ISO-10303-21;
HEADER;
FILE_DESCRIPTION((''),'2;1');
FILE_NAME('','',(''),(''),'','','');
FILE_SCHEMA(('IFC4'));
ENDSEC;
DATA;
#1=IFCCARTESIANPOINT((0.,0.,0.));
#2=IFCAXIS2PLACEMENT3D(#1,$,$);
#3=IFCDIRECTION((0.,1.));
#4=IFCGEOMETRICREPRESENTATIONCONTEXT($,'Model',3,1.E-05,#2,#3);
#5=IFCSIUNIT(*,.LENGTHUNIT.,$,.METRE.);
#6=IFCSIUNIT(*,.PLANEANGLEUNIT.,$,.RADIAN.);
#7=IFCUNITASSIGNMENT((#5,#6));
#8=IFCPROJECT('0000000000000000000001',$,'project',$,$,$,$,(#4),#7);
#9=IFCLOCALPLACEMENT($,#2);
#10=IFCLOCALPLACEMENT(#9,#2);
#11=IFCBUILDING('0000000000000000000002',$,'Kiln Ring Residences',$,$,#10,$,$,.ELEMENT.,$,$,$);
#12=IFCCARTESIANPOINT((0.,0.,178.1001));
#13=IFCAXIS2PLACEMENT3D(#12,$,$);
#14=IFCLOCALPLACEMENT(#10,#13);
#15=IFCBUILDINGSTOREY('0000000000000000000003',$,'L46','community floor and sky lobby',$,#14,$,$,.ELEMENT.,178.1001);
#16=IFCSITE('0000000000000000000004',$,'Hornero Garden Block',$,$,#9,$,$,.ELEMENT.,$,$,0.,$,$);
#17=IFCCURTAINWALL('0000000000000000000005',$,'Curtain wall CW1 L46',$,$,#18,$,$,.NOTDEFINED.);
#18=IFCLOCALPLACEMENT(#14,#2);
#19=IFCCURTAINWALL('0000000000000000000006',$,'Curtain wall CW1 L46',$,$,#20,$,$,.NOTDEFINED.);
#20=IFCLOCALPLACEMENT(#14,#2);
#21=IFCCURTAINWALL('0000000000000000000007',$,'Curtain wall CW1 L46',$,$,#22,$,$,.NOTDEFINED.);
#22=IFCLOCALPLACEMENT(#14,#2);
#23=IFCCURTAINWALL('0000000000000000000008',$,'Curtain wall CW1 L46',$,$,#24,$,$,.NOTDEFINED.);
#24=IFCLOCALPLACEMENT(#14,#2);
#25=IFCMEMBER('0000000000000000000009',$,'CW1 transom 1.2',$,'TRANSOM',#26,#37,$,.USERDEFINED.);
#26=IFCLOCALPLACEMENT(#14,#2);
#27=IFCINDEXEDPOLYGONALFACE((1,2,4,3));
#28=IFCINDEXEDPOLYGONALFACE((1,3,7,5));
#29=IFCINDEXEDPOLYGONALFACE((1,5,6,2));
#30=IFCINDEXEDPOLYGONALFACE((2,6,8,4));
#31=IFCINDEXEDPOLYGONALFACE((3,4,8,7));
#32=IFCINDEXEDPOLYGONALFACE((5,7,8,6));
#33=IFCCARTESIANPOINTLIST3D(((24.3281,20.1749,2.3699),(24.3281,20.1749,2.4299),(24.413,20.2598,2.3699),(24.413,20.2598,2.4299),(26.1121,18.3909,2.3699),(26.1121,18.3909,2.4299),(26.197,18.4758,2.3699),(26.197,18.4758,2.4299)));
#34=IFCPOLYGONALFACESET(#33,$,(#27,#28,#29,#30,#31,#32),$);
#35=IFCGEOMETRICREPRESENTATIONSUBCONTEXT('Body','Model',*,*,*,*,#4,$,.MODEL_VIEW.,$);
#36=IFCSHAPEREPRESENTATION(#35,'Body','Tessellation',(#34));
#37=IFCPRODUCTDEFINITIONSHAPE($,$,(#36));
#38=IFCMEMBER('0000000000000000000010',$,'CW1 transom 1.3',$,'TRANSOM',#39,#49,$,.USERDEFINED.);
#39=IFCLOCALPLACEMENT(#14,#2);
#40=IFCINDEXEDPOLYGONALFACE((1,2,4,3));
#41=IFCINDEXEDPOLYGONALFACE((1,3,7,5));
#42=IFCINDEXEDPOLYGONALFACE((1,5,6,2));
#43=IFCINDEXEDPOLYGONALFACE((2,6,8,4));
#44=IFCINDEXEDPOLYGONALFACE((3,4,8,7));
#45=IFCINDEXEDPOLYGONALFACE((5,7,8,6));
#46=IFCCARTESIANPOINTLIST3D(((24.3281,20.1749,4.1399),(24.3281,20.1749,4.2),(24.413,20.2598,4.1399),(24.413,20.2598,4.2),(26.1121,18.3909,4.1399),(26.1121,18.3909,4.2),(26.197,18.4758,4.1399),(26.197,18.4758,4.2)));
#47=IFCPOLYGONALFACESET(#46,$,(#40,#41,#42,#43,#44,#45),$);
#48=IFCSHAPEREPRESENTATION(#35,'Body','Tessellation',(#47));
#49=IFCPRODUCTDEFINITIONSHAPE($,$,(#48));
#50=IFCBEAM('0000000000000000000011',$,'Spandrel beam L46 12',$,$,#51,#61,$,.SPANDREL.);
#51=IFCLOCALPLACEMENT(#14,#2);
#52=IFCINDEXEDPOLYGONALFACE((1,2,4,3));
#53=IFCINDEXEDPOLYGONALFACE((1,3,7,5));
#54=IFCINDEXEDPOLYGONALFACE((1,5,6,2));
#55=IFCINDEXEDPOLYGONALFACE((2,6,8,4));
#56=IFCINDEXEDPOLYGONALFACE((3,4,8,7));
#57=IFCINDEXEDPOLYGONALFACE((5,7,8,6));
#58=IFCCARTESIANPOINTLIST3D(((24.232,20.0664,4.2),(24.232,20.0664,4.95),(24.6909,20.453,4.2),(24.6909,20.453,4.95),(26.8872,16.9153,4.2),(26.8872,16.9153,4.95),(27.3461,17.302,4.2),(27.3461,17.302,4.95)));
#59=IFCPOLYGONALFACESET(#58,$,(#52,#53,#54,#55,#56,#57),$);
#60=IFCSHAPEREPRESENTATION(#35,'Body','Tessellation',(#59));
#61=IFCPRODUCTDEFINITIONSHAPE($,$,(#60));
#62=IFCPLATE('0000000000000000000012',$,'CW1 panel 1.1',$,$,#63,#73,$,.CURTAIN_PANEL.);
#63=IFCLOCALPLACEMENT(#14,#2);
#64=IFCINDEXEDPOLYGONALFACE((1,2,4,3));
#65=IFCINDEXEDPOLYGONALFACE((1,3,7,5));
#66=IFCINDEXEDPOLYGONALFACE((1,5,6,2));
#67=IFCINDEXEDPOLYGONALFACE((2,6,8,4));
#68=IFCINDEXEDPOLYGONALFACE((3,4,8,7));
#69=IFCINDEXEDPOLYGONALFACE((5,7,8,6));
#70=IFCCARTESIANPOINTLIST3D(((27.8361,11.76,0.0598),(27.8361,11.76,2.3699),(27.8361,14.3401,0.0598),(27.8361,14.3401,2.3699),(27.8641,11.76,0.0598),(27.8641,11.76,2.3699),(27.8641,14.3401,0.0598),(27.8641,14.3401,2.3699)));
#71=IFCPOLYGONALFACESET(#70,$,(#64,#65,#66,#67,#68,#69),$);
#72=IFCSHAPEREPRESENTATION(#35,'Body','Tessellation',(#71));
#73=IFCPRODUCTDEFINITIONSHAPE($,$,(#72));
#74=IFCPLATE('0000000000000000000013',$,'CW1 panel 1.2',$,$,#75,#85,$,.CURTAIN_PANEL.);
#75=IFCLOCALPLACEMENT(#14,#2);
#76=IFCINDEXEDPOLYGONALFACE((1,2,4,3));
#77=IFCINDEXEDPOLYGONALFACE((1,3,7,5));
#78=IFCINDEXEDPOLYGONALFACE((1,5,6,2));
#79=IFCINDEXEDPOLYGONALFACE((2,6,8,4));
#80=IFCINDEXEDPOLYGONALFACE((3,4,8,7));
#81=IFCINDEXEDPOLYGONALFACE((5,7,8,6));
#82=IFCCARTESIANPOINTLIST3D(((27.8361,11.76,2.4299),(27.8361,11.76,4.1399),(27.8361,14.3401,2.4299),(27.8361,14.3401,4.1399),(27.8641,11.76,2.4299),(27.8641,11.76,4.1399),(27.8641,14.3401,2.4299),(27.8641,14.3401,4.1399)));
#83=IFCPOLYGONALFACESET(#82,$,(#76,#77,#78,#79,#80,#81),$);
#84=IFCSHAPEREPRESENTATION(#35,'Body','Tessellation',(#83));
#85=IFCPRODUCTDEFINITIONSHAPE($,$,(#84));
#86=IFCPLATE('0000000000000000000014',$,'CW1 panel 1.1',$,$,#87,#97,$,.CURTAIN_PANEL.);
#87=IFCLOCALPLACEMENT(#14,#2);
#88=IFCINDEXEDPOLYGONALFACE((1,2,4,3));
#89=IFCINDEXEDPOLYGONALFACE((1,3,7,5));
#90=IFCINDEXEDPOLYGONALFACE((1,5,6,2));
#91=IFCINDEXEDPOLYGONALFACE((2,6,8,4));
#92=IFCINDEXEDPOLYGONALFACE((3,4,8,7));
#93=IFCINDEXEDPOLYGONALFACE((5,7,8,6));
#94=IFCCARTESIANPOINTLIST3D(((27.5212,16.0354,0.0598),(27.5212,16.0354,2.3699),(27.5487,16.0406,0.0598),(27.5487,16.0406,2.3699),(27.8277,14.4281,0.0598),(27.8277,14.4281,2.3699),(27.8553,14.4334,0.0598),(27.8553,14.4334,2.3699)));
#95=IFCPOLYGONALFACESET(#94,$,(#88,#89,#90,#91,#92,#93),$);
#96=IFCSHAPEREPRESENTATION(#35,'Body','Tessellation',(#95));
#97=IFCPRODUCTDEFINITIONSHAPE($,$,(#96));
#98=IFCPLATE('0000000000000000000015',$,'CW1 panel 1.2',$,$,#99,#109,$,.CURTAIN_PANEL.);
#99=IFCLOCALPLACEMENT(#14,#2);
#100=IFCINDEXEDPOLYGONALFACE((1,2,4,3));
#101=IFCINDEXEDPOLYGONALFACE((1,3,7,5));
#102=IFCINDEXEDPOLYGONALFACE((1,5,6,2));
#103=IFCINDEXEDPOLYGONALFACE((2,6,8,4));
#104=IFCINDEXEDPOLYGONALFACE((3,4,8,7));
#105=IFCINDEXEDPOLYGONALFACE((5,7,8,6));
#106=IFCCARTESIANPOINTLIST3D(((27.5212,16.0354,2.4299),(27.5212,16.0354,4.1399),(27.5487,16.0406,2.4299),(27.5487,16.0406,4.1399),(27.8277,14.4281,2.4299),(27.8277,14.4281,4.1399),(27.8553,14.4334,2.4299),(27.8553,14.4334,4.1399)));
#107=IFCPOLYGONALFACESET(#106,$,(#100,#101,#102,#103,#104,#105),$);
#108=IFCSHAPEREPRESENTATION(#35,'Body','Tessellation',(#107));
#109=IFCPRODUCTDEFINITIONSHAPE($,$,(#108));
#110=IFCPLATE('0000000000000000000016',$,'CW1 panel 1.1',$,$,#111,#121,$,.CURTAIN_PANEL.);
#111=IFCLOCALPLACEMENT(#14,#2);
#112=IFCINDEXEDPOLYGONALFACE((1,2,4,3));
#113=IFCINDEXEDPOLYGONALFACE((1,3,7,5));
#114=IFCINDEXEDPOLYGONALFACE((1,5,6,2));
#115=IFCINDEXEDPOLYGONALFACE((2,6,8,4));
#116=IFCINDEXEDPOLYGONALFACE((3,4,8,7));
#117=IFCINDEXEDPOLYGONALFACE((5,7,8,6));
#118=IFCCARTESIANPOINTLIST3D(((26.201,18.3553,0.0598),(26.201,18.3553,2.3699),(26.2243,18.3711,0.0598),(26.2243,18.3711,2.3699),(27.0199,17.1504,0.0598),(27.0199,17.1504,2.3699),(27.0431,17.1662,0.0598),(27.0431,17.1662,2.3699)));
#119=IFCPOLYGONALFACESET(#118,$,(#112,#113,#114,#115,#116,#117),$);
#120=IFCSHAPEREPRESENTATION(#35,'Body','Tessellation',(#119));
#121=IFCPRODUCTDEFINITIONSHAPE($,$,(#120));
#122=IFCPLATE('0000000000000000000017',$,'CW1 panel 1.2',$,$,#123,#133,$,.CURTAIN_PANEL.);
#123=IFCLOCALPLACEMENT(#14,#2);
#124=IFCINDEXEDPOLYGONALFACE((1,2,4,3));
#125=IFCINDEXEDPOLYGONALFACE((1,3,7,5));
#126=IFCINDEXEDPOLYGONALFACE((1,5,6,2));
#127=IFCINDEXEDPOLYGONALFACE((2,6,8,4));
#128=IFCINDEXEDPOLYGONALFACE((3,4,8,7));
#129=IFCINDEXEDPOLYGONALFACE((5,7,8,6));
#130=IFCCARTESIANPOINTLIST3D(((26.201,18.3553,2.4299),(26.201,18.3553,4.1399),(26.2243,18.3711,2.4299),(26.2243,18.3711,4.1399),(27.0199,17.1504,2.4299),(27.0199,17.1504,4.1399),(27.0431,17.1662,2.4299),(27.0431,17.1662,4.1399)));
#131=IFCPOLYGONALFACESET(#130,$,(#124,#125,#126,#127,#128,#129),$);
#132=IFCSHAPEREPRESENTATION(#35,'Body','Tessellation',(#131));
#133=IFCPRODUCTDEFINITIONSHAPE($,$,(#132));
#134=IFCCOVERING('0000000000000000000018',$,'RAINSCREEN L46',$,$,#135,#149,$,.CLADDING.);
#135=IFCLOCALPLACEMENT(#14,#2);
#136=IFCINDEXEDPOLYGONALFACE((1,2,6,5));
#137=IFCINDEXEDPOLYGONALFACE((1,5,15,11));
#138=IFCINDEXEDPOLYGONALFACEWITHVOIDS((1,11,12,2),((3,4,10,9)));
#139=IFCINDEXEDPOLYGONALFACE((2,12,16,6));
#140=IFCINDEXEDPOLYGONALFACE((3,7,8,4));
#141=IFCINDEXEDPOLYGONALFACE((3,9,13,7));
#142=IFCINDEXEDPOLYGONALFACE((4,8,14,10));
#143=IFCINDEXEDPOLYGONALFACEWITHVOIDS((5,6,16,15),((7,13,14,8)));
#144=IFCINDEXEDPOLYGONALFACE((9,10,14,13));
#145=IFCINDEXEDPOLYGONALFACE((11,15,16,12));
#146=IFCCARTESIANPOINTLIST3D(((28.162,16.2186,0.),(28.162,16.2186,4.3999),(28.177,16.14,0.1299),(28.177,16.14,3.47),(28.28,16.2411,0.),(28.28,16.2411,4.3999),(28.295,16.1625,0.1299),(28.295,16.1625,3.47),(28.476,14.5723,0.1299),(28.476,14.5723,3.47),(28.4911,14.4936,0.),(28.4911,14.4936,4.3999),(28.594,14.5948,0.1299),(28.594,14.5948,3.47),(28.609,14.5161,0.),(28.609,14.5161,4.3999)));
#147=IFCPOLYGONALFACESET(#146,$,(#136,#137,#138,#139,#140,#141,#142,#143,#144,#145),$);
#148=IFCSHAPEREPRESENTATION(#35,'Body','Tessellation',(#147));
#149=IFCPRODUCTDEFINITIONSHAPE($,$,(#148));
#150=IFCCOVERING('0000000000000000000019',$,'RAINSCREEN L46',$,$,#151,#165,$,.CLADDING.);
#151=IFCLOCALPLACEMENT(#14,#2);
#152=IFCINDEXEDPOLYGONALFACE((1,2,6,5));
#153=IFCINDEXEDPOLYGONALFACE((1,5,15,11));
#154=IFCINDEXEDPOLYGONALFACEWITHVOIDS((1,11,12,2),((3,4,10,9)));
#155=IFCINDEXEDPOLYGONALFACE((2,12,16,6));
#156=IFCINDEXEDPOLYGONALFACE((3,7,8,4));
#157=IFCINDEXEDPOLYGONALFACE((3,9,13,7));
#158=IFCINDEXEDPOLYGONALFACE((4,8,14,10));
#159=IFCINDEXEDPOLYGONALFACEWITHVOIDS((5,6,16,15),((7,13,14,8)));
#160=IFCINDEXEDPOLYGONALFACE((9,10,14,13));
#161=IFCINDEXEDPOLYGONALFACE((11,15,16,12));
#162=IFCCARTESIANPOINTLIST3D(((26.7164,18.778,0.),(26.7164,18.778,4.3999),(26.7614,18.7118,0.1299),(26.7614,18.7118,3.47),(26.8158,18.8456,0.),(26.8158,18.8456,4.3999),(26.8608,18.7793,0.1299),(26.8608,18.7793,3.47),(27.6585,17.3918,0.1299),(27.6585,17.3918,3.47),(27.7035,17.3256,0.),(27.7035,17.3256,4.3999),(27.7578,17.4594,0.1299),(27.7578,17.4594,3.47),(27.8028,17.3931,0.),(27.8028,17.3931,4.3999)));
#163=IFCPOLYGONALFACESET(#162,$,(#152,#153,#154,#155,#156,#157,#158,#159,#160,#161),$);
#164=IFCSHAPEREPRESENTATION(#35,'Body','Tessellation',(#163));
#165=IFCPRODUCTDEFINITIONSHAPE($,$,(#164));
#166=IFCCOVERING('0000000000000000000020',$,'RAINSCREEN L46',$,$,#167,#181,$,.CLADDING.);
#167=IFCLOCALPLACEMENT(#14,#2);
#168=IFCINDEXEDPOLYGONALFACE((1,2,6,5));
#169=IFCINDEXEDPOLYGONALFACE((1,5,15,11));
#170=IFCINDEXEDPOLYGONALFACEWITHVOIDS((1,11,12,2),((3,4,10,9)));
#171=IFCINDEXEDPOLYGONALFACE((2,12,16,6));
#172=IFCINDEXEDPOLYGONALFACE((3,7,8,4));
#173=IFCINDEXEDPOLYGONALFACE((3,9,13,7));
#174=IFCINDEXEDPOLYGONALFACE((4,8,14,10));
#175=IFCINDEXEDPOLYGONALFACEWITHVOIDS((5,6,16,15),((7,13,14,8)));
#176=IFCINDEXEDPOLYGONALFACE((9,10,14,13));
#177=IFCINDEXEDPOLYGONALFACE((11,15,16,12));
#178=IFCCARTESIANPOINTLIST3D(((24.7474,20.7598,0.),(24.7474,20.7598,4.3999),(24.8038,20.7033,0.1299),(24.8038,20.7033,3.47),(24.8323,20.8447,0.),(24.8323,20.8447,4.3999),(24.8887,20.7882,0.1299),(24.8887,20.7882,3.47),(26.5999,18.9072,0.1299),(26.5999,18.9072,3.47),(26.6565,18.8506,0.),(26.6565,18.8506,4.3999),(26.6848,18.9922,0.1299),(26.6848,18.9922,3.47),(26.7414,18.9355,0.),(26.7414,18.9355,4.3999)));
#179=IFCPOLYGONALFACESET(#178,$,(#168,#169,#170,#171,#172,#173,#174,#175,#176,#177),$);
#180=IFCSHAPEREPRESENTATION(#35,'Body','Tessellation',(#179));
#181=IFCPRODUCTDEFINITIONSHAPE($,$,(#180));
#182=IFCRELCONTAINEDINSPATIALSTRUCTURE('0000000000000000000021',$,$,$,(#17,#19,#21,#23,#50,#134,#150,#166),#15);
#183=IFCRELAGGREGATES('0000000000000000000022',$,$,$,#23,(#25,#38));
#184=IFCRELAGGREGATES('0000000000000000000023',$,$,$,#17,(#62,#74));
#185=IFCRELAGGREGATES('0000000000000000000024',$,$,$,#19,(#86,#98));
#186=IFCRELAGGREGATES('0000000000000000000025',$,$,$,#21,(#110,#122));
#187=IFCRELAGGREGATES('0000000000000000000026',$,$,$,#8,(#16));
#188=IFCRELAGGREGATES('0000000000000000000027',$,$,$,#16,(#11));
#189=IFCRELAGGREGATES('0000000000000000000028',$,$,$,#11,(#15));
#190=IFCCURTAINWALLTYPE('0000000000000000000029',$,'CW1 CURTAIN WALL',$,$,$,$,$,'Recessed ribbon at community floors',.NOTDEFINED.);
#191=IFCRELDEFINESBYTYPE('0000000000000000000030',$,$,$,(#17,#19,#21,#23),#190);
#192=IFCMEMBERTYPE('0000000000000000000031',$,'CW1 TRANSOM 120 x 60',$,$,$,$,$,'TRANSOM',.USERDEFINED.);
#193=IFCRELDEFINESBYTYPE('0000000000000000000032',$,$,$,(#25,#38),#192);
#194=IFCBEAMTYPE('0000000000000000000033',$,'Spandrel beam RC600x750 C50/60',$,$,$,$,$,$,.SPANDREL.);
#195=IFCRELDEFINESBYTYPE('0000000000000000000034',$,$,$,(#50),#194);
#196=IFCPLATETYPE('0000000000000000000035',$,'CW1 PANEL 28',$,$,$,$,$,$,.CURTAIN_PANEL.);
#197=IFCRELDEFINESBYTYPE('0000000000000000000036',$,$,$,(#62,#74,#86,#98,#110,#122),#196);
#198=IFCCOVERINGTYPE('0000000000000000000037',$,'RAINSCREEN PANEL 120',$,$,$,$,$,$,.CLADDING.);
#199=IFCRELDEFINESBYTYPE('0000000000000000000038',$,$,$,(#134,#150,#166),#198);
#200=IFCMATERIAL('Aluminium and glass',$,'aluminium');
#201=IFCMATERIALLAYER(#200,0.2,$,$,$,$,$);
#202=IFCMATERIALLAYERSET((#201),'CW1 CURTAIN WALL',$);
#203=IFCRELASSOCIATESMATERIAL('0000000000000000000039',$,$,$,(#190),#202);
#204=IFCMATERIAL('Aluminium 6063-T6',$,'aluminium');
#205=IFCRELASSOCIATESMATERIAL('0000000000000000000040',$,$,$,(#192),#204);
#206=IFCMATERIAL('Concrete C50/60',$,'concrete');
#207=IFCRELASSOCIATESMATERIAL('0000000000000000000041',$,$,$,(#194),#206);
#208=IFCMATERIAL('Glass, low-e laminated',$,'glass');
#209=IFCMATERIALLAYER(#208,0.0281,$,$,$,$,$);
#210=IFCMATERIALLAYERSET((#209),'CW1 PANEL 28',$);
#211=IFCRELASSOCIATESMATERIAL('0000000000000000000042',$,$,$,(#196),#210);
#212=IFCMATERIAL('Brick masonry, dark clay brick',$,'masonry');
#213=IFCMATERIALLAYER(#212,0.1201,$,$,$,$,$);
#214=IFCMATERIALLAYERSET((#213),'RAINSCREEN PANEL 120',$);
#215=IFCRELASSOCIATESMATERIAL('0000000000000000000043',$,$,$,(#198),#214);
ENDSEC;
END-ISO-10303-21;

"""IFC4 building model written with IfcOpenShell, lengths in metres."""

from ifc_helpers import new_model, si_unit, direction, frame, origin, origin_2d, place, context, subcontext, project, spatial, polyline, rectangle, outline, extrude, material, layer, layer_set, material_profile, profile_set, type_object, element, aggregate, save


model = new_model("IFC4")

# Units and contexts
model_context = context("Model", 3, precision=1e-05, world=origin(), true_north=direction((0.0, 1.0)))
body_context = subcontext(model_context, "Body", "Model", "MODEL_VIEW")
ifc_project = project(units=[si_unit("LENGTHUNIT", "METRE"), si_unit("PLANEANGLEUNIT", "RADIAN")], contexts=[model_context])

# Site, building, storey
site_placement = place(None, origin())
site = spatial("IfcSite", under=ifc_project, at=site_placement, Name="Hornero Garden Block", CompositionType="ELEMENT", RefElevation=0.0)
building_placement = place(site_placement, origin())
building = spatial("IfcBuilding", under=site, at=building_placement, Name="Kiln Ring Residences", CompositionType="ELEMENT")
storey_placement = place(building_placement, frame((0.0, 0.0, 178.1001)))
storey = spatial("IfcBuildingStorey", under=building, at=storey_placement, Name="L46", Description="community floor and sky lobby", CompositionType="ELEMENT", Elevation=178.1001)

# Curtain wall
ifc_material_1 = material(Name="Aluminium and glass", Category="aluminium")
ifc_layer_1 = layer(ifc_material_1, 0.2)
ifc_layer_set_1 = layer_set([ifc_layer_1], Name="CW1 CURTAIN WALL")
curtain_wall_type = type_object("IfcCurtainWallType", Name="CW1 CURTAIN WALL", ElementType="Recessed ribbon at community floors", PredefinedType="NOTDEFINED", material=ifc_layer_set_1)
placement = place(storey_placement, origin())
curtain_wall_1 = element("IfcCurtainWall", 1, at=placement, inside=storey, type_object=curtain_wall_type, Name="Curtain wall CW1 L46", PredefinedType="NOTDEFINED")

# Curtain walls
curtain_wall_2 = element("IfcCurtainWall", 2, at=placement, inside=storey, type_object=curtain_wall_type, Name="Curtain wall CW1 L46", PredefinedType="NOTDEFINED")
curtain_wall_3 = element("IfcCurtainWall", 3, at=placement, inside=storey, type_object=curtain_wall_type, Name="Curtain wall CW1 L46", PredefinedType="NOTDEFINED")

# Curtain wall
curtain_wall_4 = element("IfcCurtainWall", 4, at=placement, inside=storey, type_object=curtain_wall_type, Name="Curtain wall CW1 L46", PredefinedType="NOTDEFINED")

# Members
ifc_material_2 = material(Name="Aluminium 6063-T6", Category="aluminium")
ifc_material_profile_1 = material_profile(ifc_material_2, rectangle(XDim=0.1201, YDim=0.0601, at=origin_2d()), Name="AL 120x60")
ifc_profile_set_1 = profile_set([ifc_material_profile_1], Name="Aluminium 6063-T6")
member_type_1 = type_object("IfcMemberType", Name="CW1 TRANSOM 120 x 60", ElementType="TRANSOM", PredefinedType="USERDEFINED", material=ifc_profile_set_1)
member_1_placement = place(storey_placement, frame((26.1545, 18.4333, 2.3999), z_axis=(-0.707107, 0.707107, 0.0), x_axis=(-0.707107, -0.707107, 0.0)))
member_1 = element("IfcMember", 5, at=member_1_placement, type_object=member_type_1, Name="CW1 transom 1.2", ObjectType="TRANSOM", PredefinedType="USERDEFINED", context=body_context, shape_type="SweptSolid", body=[
    extrude(rectangle(XDim=0.1201, YDim=0.0601, at=origin_2d()), origin(), (0.0, 0.0, 1.0), 2.5229),
])
member_2_placement = place(storey_placement, frame((26.1545, 18.4333, 4.1699), z_axis=(-0.707107, 0.707107, 0.0), x_axis=(-0.707107, -0.707107, 0.0)))
member_2 = element("IfcMember", 6, at=member_2_placement, type_object=member_type_1, Name="CW1 transom 1.3", ObjectType="TRANSOM", PredefinedType="USERDEFINED", context=body_context, shape_type="SweptSolid", body=[
    extrude(rectangle(XDim=0.1201, YDim=0.0601, at=origin_2d()), origin(), (0.0, 0.0, 1.0), 2.5229),
])
aggregate(curtain_wall_4, [member_1, member_2])

# Beam
ifc_material_3 = material(Name="Concrete C50/60", Category="concrete")
ifc_material_profile_2 = material_profile(ifc_material_3, rectangle(XDim=0.6001, YDim=0.75, at=origin_2d()), Name="RC600x750")
ifc_profile_set_2 = profile_set([ifc_material_profile_2], Name="Concrete C50/60")
beam_type = type_object("IfcBeamType", Name="Spandrel beam RC600x750 C50/60", PredefinedType="SPANDREL", material=ifc_profile_set_2)
beam_placement = place(storey_placement, frame((27.1167, 17.1086, 4.575), z_axis=(-0.644377, 0.764708, 0.0), x_axis=(-0.764708, -0.644377, 0.0)))
element("IfcBeam", 7, at=beam_placement, inside=storey, type_object=beam_type, Name="Spandrel beam L46 12", PredefinedType="SPANDREL", context=body_context, shape_type="SweptSolid", body=[
    extrude(rectangle(XDim=0.6001, YDim=0.75, at=origin_2d()), origin(), (0.0, 0.0, 1.0), 4.1206),
])

# Plates
ifc_material_4 = material(Name="Glass, low-e laminated", Category="glass")
ifc_layer_2 = layer(ifc_material_4, 0.0281)
ifc_layer_set_2 = layer_set([ifc_layer_2], Name="CW1 PANEL 28")
plate_type = type_object("IfcPlateType", Name="CW1 PANEL 28", PredefinedType="CURTAIN_PANEL", material=ifc_layer_set_2)
plate_1_placement = place(storey_placement, frame((27.8501, 13.05, 0.0598), z_axis=(0.0, 0.0, 1.0), x_axis=(0.0, 1.0, 0.0)))
plate_1 = element("IfcPlate", 8, at=plate_1_placement, type_object=plate_type, Name="CW1 panel 1.1", PredefinedType="CURTAIN_PANEL", context=body_context, shape_type="SweptSolid", body=[
    extrude(rectangle(XDim=2.5801, YDim=0.0281, at=origin_2d()), origin(), (0.0, 0.0, 1.0), 2.3101),
])
plate_2_placement = place(storey_placement, frame((27.8501, 13.05, 2.4299), z_axis=(0.0, 0.0, 1.0), x_axis=(0.0, 1.0, 0.0)))
plate_2 = element("IfcPlate", 9, at=plate_2_placement, type_object=plate_type, Name="CW1 panel 1.2", PredefinedType="CURTAIN_PANEL", context=body_context, shape_type="SweptSolid", body=[
    extrude(rectangle(XDim=2.5801, YDim=0.0281, at=origin_2d()), origin(), (0.0, 0.0, 1.0), 1.71),
])
aggregate(curtain_wall_1, [plate_1, plate_2])
plate_3_placement = place(storey_placement, frame((27.6882, 15.2344, 0.0598), z_axis=(0.0, 0.0, 1.0), x_axis=(-0.187366, 0.98229, 0.0)))
plate_3 = element("IfcPlate", 10, at=plate_3_placement, type_object=plate_type, Name="CW1 panel 1.1", PredefinedType="CURTAIN_PANEL", context=body_context, shape_type="SweptSolid", body=[
    extrude(rectangle(XDim=1.6362, YDim=0.0281, at=origin_2d()), origin(), (0.0, 0.0, 1.0), 2.3101),
])
plate_4_placement = place(storey_placement, frame((27.6882, 15.2344, 2.4299), z_axis=(0.0, 0.0, 1.0), x_axis=(-0.187366, 0.98229, 0.0)))
plate_4 = element("IfcPlate", 11, at=plate_4_placement, type_object=plate_type, Name="CW1 panel 1.2", PredefinedType="CURTAIN_PANEL", context=body_context, shape_type="SweptSolid", body=[
    extrude(rectangle(XDim=1.6362, YDim=0.0281, at=origin_2d()), origin(), (0.0, 0.0, 1.0), 1.71),
])
aggregate(curtain_wall_2, [plate_3, plate_4])
plate_5_placement = place(storey_placement, frame((26.6221, 17.7607, 0.0598), z_axis=(0.0, 0.0, 1.0), x_axis=(-0.562097, 0.827072, 0.0)))
plate_5 = element("IfcPlate", 12, at=plate_5_placement, type_object=plate_type, Name="CW1 panel 1.1", PredefinedType="CURTAIN_PANEL", context=body_context, shape_type="SweptSolid", body=[
    extrude(rectangle(XDim=1.4568, YDim=0.0281, at=origin_2d()), origin(), (0.0, 0.0, 1.0), 2.3101),
])
plate_6_placement = place(storey_placement, frame((26.6221, 17.7607, 2.4299), z_axis=(0.0, 0.0, 1.0), x_axis=(-0.562097, 0.827072, 0.0)))
plate_6 = element("IfcPlate", 13, at=plate_6_placement, type_object=plate_type, Name="CW1 panel 1.2", PredefinedType="CURTAIN_PANEL", context=body_context, shape_type="SweptSolid", body=[
    extrude(rectangle(XDim=1.4568, YDim=0.0281, at=origin_2d()), origin(), (0.0, 0.0, 1.0), 1.71),
])
aggregate(curtain_wall_3, [plate_5, plate_6])

# Coverings
ifc_material_5 = material(Name="Brick masonry, dark clay brick", Category="masonry")
ifc_layer_3 = layer(ifc_material_5, 0.1201)
ifc_layer_set_3 = layer_set([ifc_layer_3], Name="RAINSCREEN PANEL 120")
covering_type = type_object("IfcCoveringType", Name="RAINSCREEN PANEL 120", PredefinedType="CLADDING", material=ifc_layer_set_3)
for number, where, z_axis, x_axis, name in (
    (14, (28.55, 14.5049, 0.0), (0.0, 0.0, 1.0), (-0.187393, 0.982285, 0.0), "RAINSCREEN L46"),
    (15, (27.7532, 17.3594, 0.0), (0.0, 0.0, 1.0), (-0.562089, 0.827076, 0.0), "RAINSCREEN L46"),
):
    element("IfcCovering", number, at=place(storey_placement, frame(where, z_axis=z_axis, x_axis=x_axis)), inside=storey, type_object=covering_type, Name=name, PredefinedType="CLADDING", context=body_context, shape_type="SweptSolid", body=[
        extrude(outline(polyline([(0.0, 0.0), (1.7561, 0.0), (1.7561, 4.3999), (0.0, 4.3999), (0.0, 0.0)]), holes=[polyline([(0.0801, 3.47), (0.0801, 0.1299), (1.676, 0.1299), (1.676, 3.47), (0.0801, 3.47)])]), frame((0.0, 0.0601, 0.0), z_axis=(0.0, -1.0, 0.0), x_axis=(1.0, 0.0, 0.0)), (0.0, 0.0, 1.0), 0.1201),
    ])
covering_placement = place(storey_placement, frame((26.699, 18.8931, 0.0), z_axis=(0.0, 0.0, 1.0), x_axis=(-0.707107, 0.707107, 0.0)))
element("IfcCovering", 16, at=covering_placement, inside=storey, type_object=covering_type, Name="RAINSCREEN L46", PredefinedType="CLADDING", context=body_context, shape_type="SweptSolid", body=[
    extrude(outline(polyline([(0.0, 0.0), (2.7, 0.0), (2.7, 4.3999), (0.0, 4.3999), (0.0, 0.0)]), holes=[polyline([(0.0801, 3.47), (0.0801, 0.1299), (2.6201, 0.1299), (2.6201, 3.47), (0.0801, 3.47)])]), frame((0.0, 0.0601, 0.0), z_axis=(0.0, -1.0, 0.0), x_axis=(1.0, 0.0, 0.0)), (0.0, 0.0, 1.0), 0.1201),
])

save(model, "model.ifc")
